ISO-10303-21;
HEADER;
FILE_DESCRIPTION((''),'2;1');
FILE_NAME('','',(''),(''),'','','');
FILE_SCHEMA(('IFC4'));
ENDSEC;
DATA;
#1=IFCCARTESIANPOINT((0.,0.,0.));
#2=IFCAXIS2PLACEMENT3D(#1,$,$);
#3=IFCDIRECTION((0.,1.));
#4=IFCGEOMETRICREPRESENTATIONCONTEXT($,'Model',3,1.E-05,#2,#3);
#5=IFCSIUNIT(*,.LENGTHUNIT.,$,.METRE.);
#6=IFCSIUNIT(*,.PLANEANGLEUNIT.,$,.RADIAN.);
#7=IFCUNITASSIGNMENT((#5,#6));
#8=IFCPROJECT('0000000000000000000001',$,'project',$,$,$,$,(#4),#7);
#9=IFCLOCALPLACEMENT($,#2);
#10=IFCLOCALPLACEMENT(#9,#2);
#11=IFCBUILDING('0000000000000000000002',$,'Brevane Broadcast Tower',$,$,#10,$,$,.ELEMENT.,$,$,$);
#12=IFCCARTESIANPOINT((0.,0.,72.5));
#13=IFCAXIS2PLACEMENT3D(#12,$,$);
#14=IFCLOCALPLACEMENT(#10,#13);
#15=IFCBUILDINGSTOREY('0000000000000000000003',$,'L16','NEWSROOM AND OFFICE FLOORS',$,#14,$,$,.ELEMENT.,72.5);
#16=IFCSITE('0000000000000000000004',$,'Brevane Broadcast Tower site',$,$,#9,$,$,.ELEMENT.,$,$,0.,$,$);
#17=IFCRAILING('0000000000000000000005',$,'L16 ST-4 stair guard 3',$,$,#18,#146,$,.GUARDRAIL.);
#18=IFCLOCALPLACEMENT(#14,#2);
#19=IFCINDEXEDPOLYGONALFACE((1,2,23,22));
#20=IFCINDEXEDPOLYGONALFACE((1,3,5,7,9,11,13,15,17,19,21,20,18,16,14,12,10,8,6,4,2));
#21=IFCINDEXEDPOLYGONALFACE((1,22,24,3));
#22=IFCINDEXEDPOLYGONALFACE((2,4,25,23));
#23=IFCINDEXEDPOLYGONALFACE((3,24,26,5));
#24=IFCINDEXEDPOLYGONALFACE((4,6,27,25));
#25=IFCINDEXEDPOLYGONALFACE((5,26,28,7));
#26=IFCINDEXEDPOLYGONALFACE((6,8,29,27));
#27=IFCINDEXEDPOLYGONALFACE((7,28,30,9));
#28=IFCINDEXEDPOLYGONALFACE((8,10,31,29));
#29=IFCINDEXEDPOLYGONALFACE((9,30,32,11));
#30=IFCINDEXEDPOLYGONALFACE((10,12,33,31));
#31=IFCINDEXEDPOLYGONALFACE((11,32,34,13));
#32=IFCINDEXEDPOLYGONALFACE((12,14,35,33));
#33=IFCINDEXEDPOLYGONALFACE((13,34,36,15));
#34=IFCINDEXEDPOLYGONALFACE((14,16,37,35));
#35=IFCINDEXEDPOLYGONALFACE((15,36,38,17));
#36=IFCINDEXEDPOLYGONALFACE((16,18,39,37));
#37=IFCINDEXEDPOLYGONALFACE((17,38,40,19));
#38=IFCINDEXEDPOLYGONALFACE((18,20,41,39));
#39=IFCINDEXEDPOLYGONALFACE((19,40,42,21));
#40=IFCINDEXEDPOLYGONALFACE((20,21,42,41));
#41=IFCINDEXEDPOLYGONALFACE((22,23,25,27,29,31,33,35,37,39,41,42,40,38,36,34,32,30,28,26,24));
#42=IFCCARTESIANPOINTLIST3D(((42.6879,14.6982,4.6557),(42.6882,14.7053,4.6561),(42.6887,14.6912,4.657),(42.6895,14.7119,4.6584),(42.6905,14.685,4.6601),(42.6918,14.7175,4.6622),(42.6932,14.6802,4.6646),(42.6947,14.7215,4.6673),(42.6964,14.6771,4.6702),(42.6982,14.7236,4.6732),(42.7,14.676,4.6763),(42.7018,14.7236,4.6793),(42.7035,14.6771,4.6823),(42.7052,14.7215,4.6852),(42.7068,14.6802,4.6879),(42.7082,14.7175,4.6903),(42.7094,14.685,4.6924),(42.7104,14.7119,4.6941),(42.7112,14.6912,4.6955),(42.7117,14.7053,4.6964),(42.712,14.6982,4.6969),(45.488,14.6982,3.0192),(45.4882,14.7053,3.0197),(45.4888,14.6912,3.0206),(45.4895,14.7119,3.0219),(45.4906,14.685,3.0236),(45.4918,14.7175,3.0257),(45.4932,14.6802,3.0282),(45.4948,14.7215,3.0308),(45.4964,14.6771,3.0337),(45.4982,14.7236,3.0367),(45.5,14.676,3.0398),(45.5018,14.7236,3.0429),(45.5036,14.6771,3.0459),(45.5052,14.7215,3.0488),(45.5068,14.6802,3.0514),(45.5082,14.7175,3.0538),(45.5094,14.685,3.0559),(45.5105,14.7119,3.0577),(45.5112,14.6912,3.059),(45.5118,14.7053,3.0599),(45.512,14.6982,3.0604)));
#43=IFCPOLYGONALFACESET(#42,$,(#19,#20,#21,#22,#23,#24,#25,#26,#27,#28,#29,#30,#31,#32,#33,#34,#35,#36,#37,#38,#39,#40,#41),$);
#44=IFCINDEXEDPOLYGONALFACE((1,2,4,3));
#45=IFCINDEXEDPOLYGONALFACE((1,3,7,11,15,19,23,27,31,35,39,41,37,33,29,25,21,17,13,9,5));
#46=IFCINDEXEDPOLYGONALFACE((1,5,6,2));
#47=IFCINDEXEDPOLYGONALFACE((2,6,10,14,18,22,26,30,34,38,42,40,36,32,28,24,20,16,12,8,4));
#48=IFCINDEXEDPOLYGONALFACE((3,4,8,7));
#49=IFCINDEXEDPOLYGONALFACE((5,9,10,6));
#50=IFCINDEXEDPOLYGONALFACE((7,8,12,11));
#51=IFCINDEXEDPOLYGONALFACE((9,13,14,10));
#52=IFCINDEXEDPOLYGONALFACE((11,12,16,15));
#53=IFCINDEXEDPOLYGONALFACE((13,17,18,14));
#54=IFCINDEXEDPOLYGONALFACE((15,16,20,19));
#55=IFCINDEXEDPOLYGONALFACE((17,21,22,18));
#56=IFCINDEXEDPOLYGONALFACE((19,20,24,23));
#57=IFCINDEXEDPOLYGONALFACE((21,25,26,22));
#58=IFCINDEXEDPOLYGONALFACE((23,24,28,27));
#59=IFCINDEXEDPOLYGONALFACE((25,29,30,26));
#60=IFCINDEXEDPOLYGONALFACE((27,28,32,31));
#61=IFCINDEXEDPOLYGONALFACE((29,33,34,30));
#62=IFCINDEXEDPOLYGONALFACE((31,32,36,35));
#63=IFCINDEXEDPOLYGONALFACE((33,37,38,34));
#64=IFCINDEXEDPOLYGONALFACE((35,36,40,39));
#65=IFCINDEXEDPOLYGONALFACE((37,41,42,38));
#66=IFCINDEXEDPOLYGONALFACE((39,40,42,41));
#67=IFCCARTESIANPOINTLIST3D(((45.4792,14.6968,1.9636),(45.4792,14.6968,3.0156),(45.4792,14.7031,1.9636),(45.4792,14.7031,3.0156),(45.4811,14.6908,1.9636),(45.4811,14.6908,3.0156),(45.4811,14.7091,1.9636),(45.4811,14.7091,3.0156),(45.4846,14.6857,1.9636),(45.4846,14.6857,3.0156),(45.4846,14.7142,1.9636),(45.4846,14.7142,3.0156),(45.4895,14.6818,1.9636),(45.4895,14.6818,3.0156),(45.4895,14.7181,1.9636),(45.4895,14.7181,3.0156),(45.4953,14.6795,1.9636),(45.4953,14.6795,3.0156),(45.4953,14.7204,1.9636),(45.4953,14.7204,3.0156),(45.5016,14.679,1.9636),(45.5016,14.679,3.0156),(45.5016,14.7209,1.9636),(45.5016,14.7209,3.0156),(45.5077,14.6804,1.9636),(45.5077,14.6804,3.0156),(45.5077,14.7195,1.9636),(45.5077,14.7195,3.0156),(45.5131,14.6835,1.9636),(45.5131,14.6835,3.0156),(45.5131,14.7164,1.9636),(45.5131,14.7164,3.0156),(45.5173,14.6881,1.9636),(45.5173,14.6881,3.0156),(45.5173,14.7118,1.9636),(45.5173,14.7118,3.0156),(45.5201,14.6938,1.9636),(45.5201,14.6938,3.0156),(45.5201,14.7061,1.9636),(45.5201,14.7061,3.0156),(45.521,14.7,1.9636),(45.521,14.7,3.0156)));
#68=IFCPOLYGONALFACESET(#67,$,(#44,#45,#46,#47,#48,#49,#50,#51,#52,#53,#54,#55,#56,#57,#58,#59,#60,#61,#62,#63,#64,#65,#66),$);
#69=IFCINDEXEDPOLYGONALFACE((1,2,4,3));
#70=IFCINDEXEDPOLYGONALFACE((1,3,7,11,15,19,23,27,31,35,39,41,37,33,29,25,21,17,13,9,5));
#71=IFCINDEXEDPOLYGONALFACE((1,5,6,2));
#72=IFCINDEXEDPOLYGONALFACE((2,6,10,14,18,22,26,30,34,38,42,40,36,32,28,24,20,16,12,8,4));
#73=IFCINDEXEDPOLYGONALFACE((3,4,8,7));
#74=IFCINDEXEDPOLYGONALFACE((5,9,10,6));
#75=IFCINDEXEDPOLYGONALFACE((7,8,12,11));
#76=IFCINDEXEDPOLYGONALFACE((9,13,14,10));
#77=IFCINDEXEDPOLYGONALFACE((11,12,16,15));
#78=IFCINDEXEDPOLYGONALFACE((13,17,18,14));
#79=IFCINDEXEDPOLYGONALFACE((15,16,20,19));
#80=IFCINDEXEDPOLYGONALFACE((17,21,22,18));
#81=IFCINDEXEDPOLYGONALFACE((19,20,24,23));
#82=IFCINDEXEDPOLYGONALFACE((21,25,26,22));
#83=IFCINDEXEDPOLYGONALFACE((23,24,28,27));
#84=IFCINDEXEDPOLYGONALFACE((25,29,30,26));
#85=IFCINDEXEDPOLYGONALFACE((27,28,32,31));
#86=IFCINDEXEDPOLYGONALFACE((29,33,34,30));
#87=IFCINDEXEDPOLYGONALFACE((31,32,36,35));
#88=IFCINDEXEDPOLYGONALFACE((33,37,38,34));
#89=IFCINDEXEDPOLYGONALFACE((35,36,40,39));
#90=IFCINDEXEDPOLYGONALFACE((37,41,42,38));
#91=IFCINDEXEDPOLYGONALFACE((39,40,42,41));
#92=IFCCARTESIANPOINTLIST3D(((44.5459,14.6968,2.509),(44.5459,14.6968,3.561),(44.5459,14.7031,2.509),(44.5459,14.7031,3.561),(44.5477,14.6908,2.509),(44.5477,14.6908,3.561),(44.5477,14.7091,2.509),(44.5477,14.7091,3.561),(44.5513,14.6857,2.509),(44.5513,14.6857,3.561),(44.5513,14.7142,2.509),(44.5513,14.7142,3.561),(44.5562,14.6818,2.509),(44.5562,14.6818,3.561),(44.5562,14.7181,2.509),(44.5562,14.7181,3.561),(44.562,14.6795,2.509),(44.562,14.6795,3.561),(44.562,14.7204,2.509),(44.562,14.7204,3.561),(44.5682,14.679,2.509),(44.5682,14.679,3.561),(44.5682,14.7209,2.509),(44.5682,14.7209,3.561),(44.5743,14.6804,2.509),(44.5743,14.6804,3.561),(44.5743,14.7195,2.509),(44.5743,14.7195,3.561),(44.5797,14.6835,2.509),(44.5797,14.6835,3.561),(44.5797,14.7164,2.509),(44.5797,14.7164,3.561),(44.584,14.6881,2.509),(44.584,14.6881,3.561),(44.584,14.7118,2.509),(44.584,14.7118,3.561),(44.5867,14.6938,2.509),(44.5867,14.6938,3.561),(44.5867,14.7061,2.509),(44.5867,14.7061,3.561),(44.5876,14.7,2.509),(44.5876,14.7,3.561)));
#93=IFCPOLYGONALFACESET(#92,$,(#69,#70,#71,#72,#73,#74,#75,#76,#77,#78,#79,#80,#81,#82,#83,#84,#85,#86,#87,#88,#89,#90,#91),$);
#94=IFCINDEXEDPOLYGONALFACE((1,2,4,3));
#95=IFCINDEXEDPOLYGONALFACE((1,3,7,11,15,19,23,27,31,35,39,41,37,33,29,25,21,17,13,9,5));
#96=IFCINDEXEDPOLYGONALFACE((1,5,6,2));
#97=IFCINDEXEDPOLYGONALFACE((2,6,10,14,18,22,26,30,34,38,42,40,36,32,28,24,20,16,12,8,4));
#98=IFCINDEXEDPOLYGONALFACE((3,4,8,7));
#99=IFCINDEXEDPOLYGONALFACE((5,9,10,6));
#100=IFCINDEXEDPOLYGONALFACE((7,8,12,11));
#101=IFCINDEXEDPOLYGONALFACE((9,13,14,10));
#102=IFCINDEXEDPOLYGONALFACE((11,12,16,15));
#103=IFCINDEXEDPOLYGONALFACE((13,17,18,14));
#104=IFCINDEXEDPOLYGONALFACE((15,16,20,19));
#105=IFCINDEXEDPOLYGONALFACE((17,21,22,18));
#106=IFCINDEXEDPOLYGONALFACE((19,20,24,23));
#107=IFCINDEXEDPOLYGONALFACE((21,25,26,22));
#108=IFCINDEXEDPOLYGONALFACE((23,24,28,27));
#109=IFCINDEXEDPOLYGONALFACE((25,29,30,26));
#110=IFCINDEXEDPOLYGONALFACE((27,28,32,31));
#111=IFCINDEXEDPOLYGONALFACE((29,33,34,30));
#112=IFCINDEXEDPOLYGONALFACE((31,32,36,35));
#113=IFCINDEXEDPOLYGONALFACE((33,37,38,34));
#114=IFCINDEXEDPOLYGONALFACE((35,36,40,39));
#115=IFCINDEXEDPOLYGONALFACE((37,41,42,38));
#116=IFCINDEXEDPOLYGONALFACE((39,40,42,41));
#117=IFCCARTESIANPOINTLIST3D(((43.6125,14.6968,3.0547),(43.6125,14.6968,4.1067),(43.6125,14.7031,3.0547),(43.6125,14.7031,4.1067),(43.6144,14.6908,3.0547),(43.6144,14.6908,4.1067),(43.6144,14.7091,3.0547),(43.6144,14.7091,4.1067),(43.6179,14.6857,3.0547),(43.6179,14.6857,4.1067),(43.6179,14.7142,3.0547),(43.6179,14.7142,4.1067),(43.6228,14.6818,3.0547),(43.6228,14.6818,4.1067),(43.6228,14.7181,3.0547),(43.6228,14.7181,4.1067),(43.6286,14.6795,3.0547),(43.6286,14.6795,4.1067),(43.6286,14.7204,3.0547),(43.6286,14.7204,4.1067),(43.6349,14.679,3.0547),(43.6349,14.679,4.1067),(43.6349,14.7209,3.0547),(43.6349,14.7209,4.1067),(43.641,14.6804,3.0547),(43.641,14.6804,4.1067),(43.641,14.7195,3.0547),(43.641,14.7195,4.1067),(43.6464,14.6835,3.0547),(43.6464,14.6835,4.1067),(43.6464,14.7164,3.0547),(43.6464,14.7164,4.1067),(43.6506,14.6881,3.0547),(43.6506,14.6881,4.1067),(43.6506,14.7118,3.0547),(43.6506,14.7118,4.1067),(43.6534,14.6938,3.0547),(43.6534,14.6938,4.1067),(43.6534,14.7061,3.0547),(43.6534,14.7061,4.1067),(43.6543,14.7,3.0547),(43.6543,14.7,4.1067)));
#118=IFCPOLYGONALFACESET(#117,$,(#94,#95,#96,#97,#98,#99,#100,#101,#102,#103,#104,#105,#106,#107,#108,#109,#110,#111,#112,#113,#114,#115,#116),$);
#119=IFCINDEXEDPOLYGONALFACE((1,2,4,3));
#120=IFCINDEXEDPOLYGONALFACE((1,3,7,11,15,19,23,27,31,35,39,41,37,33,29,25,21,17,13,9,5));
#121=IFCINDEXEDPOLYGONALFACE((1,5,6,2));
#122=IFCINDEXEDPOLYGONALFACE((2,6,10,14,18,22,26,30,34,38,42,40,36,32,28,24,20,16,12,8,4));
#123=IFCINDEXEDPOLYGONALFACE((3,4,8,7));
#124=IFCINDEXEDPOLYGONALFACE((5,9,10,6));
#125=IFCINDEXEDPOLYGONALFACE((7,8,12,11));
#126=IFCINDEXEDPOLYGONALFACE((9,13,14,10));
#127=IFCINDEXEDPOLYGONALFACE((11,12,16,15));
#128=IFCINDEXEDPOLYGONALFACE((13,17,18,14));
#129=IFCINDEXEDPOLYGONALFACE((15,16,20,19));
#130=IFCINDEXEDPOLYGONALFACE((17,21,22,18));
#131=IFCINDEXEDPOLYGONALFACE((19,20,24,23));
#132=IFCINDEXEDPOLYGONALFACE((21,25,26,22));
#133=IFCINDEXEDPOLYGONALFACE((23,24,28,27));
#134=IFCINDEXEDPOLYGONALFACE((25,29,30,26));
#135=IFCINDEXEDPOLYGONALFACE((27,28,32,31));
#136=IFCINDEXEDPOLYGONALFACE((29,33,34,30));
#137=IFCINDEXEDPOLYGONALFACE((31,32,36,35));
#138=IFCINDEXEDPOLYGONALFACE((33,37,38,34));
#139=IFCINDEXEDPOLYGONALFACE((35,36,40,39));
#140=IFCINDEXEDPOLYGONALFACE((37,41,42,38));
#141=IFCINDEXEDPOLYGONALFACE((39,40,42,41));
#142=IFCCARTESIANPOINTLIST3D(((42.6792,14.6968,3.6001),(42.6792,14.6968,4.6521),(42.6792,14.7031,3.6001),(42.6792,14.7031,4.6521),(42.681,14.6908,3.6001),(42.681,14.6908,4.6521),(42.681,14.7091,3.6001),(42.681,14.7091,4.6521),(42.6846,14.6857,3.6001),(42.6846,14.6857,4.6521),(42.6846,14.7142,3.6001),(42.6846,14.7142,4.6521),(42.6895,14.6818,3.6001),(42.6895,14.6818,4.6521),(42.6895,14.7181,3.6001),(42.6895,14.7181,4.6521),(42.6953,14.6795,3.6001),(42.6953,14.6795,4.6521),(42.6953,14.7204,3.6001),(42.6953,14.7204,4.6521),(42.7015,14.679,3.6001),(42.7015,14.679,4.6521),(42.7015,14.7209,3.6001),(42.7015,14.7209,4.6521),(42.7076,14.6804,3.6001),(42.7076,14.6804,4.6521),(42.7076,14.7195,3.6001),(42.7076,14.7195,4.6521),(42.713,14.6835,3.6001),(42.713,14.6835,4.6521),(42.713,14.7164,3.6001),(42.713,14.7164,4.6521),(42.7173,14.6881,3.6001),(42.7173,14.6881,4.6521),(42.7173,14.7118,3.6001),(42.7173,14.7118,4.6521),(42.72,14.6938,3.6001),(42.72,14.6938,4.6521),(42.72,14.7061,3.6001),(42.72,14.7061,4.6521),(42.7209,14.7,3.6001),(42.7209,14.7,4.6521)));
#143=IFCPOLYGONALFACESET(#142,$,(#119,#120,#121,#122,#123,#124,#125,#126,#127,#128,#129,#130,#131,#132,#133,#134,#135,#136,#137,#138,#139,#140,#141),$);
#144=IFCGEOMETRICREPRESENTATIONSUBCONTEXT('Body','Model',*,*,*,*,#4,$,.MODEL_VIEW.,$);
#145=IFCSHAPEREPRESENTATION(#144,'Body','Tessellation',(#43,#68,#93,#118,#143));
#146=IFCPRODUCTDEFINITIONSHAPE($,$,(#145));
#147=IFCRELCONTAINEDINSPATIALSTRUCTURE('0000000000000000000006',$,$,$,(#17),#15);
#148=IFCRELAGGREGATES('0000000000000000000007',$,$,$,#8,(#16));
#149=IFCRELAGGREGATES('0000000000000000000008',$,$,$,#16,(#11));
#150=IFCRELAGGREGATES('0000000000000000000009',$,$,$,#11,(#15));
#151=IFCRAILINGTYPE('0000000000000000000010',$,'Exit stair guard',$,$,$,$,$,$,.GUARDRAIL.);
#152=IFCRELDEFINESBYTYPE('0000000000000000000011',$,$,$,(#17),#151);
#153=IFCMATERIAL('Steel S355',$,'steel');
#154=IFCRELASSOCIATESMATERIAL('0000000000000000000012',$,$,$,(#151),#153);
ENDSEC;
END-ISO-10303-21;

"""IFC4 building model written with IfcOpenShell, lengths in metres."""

from ifc_helpers import new_model, si_unit, direction, frame, origin, origin_2d, place, context, subcontext, project, spatial, circle, extrude, material, type_object, element, save


model = new_model("IFC4")

# Units and contexts
model_context = context("Model", 3, precision=1e-05, world=origin(), true_north=direction((0.0, 1.0)))
body_context = subcontext(model_context, "Body", "Model", "MODEL_VIEW")
ifc_project = project(units=[si_unit("LENGTHUNIT", "METRE"), si_unit("PLANEANGLEUNIT", "RADIAN")], contexts=[model_context])

# Site, building, storey
site_placement = place(None, origin())
site = spatial("IfcSite", under=ifc_project, at=site_placement, Name="Brevane Broadcast Tower site", CompositionType="ELEMENT", RefElevation=0.0)
building_placement = place(site_placement, origin())
building = spatial("IfcBuilding", under=site, at=building_placement, Name="Brevane Broadcast Tower", CompositionType="ELEMENT")
storey_placement = place(building_placement, frame((0.0, 0.0, 72.5)))
storey = spatial("IfcBuildingStorey", under=building, at=storey_placement, Name="L16", Description="NEWSROOM AND OFFICE FLOORS", CompositionType="ELEMENT", Elevation=72.5)

# Railing
ifc_material_1 = material(Name="Steel S355", Category="steel")
railing_type_1 = type_object("IfcRailingType", Name="Exit stair guard", PredefinedType="GUARDRAIL", material=ifc_material_1)
railing_1_placement = place(storey_placement, frame((45.5, 14.7, 1.9636)))
element("IfcRailing", 1, at=railing_1_placement, inside=storey, type_object=railing_type_1, Name="L16 ST-4 stair guard 3", PredefinedType="GUARDRAIL", context=body_context, shape_type="SweptSolid", body=[
    extrude(circle(Radius=0.0239, at=origin_2d()), frame((0.0, 0.0, 1.0762), z_axis=(-0.863361, 0.0, 0.504587), x_axis=(0.0, -1.0, 0.0)), (0.0, 0.0, 1.0), 3.2432),
    extrude(circle(Radius=0.021, at=origin_2d()), origin(), (0.0, 0.0, 1.0), 1.052),
    extrude(circle(Radius=0.021, at=origin_2d()), frame((-0.9333, 0.0, 0.5454)), (0.0, 0.0, 1.0), 1.052),
    extrude(circle(Radius=0.021, at=origin_2d()), frame((-1.8667, 0.0, 1.0911)), (0.0, 0.0, 1.0), 1.052),
    extrude(circle(Radius=0.021, at=origin_2d()), frame((-2.8, 0.0, 1.6365)), (0.0, 0.0, 1.0), 1.052),
])

save(model, "model.ifc")
